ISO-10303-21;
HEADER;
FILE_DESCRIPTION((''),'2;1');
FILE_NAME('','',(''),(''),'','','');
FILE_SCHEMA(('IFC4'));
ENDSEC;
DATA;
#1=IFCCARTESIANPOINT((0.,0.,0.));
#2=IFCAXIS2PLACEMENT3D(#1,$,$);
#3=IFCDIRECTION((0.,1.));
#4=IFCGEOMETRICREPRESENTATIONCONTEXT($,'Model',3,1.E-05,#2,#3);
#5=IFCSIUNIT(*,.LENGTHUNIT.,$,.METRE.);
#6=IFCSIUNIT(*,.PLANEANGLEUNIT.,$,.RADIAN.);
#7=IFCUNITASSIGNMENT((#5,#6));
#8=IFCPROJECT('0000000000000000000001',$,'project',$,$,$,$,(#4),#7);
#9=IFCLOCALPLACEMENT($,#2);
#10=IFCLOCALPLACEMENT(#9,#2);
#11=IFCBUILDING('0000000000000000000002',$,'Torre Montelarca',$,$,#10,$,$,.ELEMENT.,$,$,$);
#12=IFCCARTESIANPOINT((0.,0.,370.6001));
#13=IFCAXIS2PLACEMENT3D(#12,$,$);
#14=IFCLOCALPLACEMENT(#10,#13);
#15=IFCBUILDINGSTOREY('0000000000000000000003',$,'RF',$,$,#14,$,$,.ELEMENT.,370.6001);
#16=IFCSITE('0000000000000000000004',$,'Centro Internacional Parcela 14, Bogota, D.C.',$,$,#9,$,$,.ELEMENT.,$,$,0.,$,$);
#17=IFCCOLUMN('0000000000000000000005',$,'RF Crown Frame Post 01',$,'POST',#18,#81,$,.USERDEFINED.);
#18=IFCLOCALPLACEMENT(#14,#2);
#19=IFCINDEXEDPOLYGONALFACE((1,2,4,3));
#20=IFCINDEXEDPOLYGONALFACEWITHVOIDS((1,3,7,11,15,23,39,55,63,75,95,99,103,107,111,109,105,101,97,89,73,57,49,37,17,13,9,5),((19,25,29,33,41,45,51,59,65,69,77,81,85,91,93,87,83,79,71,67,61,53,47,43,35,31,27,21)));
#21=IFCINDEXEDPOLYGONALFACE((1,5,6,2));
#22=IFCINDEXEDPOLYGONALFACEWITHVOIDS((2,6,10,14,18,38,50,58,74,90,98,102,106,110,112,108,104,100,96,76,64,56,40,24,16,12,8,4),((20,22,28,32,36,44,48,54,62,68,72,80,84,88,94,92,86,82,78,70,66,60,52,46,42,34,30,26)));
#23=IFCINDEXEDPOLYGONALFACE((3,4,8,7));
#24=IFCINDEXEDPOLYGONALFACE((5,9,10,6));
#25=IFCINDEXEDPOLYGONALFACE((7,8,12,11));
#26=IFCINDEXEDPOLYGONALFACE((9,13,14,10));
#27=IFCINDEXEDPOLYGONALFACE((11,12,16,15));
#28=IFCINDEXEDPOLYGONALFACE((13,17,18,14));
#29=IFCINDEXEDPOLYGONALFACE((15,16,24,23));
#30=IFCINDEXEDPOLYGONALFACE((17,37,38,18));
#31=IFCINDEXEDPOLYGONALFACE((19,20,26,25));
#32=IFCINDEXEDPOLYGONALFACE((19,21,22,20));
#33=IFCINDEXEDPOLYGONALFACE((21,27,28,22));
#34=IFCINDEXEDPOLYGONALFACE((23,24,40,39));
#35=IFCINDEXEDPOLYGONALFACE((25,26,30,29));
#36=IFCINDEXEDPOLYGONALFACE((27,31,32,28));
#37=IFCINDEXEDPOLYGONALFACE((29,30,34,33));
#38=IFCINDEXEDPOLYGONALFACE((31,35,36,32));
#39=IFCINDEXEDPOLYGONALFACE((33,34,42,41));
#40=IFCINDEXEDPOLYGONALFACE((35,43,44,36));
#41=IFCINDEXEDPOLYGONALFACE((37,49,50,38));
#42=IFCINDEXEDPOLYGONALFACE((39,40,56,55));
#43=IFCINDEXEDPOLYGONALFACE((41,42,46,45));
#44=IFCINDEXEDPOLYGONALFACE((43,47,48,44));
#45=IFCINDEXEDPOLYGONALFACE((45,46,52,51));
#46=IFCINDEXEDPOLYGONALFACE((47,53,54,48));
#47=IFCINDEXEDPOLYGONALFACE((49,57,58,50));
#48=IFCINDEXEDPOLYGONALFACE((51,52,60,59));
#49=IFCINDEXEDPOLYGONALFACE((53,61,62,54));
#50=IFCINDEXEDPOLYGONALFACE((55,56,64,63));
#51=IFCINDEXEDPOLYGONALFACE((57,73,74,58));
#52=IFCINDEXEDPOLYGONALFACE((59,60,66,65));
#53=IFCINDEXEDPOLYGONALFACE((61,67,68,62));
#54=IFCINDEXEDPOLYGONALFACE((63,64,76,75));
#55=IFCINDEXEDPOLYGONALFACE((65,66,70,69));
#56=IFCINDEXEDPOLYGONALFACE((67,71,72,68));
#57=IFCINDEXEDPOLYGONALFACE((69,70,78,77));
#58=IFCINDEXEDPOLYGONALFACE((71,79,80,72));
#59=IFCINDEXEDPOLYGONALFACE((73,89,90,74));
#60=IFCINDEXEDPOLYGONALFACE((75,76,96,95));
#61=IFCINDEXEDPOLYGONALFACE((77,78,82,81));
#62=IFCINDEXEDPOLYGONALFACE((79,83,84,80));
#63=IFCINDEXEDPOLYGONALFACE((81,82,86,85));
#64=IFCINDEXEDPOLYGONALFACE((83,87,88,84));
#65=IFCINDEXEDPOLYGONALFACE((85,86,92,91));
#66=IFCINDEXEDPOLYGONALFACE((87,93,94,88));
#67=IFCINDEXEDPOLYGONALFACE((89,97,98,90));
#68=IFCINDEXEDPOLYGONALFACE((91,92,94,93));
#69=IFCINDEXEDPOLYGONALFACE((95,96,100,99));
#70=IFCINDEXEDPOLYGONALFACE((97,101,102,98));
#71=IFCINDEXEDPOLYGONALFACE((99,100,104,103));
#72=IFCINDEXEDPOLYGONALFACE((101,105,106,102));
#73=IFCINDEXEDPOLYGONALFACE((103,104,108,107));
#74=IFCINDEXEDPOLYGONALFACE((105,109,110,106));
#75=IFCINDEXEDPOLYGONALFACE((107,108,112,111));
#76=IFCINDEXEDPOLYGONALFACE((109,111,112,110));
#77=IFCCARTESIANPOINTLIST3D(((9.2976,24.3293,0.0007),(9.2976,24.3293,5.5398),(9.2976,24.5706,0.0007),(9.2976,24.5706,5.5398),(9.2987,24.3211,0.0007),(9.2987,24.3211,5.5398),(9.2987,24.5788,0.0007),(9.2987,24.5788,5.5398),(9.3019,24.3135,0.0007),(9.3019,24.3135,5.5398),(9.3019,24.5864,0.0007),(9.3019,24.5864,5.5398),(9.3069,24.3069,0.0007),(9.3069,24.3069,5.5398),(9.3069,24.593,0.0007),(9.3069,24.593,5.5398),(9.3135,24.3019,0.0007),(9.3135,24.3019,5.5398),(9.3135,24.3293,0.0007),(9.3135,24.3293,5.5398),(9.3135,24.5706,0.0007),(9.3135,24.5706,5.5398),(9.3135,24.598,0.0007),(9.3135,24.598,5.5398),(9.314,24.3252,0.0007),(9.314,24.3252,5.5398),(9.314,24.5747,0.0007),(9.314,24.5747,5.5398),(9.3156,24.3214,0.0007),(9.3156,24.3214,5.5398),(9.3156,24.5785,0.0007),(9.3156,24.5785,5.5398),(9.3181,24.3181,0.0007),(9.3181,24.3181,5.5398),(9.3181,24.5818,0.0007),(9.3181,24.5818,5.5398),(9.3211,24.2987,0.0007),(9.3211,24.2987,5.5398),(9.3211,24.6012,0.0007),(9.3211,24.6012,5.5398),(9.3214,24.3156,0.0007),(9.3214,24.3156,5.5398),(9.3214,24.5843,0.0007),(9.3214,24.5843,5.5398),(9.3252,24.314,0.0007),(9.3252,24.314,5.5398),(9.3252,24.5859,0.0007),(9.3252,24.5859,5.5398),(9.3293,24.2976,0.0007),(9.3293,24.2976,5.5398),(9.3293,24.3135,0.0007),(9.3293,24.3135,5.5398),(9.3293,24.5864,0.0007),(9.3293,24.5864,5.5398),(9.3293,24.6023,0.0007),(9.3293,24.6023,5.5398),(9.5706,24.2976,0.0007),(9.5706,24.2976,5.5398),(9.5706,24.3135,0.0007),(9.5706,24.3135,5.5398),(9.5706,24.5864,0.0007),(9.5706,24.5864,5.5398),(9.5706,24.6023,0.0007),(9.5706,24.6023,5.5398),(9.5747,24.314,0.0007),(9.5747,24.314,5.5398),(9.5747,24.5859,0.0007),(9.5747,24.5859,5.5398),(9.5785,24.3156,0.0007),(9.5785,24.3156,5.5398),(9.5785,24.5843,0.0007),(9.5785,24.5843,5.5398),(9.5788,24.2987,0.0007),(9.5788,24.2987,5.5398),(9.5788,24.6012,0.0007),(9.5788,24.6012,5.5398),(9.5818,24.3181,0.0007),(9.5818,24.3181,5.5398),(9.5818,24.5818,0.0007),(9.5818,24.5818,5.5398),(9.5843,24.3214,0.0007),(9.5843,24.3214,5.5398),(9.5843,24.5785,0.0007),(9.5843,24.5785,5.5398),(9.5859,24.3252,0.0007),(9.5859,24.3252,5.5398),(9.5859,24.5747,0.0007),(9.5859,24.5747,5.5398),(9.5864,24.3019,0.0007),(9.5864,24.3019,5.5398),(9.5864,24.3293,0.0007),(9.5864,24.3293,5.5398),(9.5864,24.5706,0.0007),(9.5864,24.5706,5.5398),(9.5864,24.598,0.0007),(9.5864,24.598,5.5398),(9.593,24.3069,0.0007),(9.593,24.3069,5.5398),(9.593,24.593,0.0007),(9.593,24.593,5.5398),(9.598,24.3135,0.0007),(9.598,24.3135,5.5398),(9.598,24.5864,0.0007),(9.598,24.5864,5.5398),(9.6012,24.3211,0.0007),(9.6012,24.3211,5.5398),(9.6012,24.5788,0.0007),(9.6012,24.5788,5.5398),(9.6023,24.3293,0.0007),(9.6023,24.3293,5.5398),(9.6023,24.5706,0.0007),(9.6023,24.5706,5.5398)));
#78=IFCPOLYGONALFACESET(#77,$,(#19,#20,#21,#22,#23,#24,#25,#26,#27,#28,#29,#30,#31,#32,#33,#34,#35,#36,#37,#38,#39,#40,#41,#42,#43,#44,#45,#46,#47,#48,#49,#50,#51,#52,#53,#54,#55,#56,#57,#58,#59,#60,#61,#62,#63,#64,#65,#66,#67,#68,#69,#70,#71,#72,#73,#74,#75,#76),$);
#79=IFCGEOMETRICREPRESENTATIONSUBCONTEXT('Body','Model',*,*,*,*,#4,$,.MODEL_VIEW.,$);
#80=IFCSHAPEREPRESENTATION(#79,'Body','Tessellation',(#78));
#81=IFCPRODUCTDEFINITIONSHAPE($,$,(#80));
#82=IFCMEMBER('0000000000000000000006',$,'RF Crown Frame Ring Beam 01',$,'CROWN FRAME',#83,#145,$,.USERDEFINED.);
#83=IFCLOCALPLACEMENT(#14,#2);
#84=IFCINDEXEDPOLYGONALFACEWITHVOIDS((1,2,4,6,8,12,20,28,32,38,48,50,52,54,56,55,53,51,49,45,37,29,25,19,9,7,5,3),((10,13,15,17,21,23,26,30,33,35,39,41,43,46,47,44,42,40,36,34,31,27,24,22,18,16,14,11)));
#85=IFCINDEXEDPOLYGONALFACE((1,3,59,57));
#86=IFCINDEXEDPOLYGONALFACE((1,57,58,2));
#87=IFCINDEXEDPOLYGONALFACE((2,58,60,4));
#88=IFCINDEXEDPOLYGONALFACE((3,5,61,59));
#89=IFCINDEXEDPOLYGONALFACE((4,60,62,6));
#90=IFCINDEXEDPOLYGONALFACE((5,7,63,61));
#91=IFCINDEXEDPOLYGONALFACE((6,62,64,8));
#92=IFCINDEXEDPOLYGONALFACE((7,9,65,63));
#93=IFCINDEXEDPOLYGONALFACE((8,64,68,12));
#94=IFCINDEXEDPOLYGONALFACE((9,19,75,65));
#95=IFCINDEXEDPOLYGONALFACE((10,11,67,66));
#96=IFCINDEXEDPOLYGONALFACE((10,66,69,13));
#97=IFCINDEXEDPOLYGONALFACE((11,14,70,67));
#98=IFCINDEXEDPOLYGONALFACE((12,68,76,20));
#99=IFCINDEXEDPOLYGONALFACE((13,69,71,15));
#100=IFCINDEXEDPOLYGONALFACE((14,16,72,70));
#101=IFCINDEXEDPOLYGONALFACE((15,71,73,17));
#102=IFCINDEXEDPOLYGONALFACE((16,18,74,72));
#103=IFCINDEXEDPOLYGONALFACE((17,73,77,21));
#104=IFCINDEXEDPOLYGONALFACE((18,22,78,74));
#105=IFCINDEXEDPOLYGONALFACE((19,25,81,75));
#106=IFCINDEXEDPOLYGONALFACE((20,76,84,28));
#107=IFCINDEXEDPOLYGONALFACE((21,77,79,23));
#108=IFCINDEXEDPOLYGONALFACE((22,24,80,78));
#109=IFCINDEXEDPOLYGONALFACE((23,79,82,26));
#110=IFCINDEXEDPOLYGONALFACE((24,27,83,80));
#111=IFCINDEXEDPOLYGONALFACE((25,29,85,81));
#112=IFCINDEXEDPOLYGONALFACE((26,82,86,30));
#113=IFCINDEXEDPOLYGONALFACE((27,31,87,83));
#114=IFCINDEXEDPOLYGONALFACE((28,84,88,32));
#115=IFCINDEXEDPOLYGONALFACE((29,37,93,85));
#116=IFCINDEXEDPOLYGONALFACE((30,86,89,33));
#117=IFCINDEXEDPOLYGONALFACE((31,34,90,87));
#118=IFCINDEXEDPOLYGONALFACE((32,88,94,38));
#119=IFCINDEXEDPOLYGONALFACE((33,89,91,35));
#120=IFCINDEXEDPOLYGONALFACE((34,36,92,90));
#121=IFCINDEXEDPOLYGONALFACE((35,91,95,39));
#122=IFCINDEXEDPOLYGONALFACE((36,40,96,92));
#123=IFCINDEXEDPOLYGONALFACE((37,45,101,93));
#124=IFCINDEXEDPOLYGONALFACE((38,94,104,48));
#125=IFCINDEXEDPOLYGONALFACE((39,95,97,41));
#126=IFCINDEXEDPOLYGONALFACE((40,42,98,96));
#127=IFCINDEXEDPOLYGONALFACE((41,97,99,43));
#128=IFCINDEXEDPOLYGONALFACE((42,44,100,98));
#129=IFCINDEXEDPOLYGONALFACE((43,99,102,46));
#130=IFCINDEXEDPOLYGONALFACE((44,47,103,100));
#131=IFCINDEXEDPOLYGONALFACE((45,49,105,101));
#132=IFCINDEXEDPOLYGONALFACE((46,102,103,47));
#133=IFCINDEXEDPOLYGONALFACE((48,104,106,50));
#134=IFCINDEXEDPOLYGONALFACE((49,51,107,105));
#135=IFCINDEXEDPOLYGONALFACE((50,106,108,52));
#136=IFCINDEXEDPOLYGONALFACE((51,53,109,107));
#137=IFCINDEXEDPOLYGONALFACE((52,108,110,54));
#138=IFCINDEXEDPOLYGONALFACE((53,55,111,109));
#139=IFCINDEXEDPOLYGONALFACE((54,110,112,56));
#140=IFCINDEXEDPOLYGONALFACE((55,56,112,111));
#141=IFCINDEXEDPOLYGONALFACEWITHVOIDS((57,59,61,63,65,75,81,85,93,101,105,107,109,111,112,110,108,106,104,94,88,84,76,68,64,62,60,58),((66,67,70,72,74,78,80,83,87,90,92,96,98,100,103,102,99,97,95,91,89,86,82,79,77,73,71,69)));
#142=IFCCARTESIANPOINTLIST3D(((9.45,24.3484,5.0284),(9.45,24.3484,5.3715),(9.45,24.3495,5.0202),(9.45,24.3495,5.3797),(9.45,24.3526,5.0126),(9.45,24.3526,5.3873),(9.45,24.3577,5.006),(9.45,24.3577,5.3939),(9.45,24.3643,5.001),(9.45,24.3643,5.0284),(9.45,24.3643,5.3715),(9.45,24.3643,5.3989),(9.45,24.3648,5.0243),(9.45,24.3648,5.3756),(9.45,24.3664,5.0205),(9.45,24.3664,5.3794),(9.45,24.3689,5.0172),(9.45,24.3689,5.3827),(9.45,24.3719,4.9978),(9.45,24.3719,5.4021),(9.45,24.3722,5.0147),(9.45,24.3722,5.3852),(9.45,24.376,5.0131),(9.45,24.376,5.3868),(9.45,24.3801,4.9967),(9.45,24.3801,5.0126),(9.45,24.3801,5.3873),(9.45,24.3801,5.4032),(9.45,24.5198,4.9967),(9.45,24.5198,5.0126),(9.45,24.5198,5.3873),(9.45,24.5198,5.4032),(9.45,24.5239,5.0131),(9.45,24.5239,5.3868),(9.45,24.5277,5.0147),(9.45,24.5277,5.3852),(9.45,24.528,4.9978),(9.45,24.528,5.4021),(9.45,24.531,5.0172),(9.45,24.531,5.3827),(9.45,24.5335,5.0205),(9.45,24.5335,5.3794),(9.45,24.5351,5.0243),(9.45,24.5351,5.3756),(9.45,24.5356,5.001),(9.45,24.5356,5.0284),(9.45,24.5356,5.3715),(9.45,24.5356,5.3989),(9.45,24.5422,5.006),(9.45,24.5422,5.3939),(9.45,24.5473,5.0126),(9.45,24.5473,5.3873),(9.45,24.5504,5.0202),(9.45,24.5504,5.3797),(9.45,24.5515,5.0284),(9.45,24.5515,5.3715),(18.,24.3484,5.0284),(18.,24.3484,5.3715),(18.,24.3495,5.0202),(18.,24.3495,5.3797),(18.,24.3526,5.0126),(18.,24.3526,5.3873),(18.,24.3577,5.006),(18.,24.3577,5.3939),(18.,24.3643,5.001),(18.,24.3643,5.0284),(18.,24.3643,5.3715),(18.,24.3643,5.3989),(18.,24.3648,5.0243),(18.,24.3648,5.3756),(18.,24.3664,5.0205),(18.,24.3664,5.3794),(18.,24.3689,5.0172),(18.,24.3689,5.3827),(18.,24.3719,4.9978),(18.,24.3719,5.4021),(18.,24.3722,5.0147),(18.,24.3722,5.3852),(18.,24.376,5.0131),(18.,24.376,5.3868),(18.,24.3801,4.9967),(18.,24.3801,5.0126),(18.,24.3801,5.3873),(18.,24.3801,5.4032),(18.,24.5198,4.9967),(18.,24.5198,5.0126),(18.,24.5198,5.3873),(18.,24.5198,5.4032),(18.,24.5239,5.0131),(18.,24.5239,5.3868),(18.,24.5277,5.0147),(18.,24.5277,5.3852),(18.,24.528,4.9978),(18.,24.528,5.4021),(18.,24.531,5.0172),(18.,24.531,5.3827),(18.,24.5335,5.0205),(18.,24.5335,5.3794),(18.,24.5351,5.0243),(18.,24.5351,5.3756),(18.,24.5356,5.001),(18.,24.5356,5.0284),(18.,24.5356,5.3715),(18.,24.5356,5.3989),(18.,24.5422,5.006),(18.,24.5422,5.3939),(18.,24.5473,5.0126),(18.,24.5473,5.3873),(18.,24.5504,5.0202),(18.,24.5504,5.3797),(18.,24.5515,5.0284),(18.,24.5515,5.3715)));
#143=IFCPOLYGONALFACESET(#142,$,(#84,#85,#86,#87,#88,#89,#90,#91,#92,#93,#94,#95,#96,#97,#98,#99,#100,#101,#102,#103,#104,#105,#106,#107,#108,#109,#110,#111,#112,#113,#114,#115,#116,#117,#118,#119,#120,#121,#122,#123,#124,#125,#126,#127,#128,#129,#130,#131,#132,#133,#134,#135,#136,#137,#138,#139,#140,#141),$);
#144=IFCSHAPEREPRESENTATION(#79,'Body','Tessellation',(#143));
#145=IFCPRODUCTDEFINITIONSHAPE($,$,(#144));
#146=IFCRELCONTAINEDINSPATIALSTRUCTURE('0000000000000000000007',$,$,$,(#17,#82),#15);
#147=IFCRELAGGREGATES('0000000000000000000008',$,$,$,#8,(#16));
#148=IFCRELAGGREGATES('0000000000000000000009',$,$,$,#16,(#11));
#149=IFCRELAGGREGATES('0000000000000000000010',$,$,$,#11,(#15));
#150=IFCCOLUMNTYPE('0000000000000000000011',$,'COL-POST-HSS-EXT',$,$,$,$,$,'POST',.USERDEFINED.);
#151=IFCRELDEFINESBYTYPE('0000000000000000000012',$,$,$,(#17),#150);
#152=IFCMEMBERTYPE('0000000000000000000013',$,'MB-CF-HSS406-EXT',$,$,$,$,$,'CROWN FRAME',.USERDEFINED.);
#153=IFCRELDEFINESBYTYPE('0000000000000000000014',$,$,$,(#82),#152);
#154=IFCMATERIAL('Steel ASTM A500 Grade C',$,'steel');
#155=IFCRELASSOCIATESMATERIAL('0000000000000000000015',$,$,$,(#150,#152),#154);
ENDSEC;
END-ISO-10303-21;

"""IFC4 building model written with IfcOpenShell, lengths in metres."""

from ifc_helpers import new_model, si_unit, direction, frame, origin, origin_2d, place, context, subcontext, project, spatial, hollow_rectangle, extrude, source, transform, mapped, material, material_profile, profile_set, type_object, element, save


model = new_model("IFC4")

# Units and contexts
model_context = context("Model", 3, precision=1e-05, world=origin(), true_north=direction((0.0, 1.0)))
body_context = subcontext(model_context, "Body", "Model", "MODEL_VIEW")
ifc_project = project(units=[si_unit("LENGTHUNIT", "METRE"), si_unit("PLANEANGLEUNIT", "RADIAN")], contexts=[model_context])

# Site, building, storey
site_placement = place(None, origin())
site = spatial("IfcSite", under=ifc_project, at=site_placement, Name="Centro Internacional Parcela 14, Bogota, D.C.", CompositionType="ELEMENT", RefElevation=0.0)
building_placement = place(site_placement, origin())
building = spatial("IfcBuilding", under=site, at=building_placement, Name="Torre Montelarca", CompositionType="ELEMENT")
storey_placement = place(building_placement, frame((0.0, 0.0, 370.6001)))
storey = spatial("IfcBuildingStorey", under=building, at=storey_placement, Name="RF", CompositionType="ELEMENT", Elevation=370.6001)

# Column
ifc_material_1 = material(Name="Steel ASTM A500 Grade C", Category="steel")
ifc_material_profile_1 = material_profile(ifc_material_1, hollow_rectangle(XDim=0.3047, YDim=0.3047, WallThickness=0.0159, InnerFilletRadius=0.0159, OuterFilletRadius=0.0317, at=origin_2d()), Name="HSS305X305X15.9", Category="steel")
ifc_profile_set_1 = profile_set([ifc_material_profile_1], Name="Steel ASTM A500 Grade C")
column_type = type_object("IfcColumnType", Name="COL-POST-HSS-EXT", ElementType="POST", PredefinedType="USERDEFINED", material=ifc_profile_set_1)
shared_shape_1 = source(origin(), body_context, "Body", "SweptSolid", [
    extrude(hollow_rectangle(XDim=0.3047, YDim=0.3047, WallThickness=0.0159, InnerFilletRadius=0.0159, OuterFilletRadius=0.0317, at=origin_2d()), origin(), (0.0, 0.0, 1.0), 5.5391),
])
column_placement = place(storey_placement, frame((9.45, 24.45, 0.0007), z_axis=(0.0, 0.0, 1.0), x_axis=(1.0, 0.0, 0.0)))
element("IfcColumn", 1, at=column_placement, inside=storey, type_object=column_type, Name="RF Crown Frame Post 01", ObjectType="POST", PredefinedType="USERDEFINED", context=body_context, shape_type="MappedRepresentation", body=[
    mapped(shared_shape_1, transform((0.0, 0.0, 0.0), scale=1.0)),
])

# Member
ifc_material_profile_2 = material_profile(ifc_material_1, hollow_rectangle(XDim=0.2031, YDim=0.4065, WallThickness=0.0159, InnerFilletRadius=0.0159, OuterFilletRadius=0.0317, at=origin_2d()), Name="HSS406X203X15.9", Category="steel")
ifc_profile_set_2 = profile_set([ifc_material_profile_2], Name="Steel ASTM A500 Grade C")
member_type_1 = type_object("IfcMemberType", Name="MB-CF-HSS406-EXT", ElementType="CROWN FRAME", PredefinedType="USERDEFINED", material=ifc_profile_set_2)
shared_shape_2 = source(origin(), body_context, "Body", "SweptSolid", [
    extrude(hollow_rectangle(XDim=0.2031, YDim=0.4065, WallThickness=0.0159, InnerFilletRadius=0.0159, OuterFilletRadius=0.0317, at=origin_2d()), origin(), (0.0, 0.0, 1.0), 8.55),
])
member_1_placement = place(storey_placement, frame((9.45, 24.45, 5.2), z_axis=(1.0, 0.0, 0.0), x_axis=(0.0, 1.0, 0.0)))
element("IfcMember", 2, at=member_1_placement, inside=storey, type_object=member_type_1, Name="RF Crown Frame Ring Beam 01", ObjectType="CROWN FRAME", PredefinedType="USERDEFINED", context=body_context, shape_type="MappedRepresentation", body=[
    mapped(shared_shape_2, transform((0.0, 0.0, 0.0), scale=1.0)),
])

save(model, "model.ifc")
